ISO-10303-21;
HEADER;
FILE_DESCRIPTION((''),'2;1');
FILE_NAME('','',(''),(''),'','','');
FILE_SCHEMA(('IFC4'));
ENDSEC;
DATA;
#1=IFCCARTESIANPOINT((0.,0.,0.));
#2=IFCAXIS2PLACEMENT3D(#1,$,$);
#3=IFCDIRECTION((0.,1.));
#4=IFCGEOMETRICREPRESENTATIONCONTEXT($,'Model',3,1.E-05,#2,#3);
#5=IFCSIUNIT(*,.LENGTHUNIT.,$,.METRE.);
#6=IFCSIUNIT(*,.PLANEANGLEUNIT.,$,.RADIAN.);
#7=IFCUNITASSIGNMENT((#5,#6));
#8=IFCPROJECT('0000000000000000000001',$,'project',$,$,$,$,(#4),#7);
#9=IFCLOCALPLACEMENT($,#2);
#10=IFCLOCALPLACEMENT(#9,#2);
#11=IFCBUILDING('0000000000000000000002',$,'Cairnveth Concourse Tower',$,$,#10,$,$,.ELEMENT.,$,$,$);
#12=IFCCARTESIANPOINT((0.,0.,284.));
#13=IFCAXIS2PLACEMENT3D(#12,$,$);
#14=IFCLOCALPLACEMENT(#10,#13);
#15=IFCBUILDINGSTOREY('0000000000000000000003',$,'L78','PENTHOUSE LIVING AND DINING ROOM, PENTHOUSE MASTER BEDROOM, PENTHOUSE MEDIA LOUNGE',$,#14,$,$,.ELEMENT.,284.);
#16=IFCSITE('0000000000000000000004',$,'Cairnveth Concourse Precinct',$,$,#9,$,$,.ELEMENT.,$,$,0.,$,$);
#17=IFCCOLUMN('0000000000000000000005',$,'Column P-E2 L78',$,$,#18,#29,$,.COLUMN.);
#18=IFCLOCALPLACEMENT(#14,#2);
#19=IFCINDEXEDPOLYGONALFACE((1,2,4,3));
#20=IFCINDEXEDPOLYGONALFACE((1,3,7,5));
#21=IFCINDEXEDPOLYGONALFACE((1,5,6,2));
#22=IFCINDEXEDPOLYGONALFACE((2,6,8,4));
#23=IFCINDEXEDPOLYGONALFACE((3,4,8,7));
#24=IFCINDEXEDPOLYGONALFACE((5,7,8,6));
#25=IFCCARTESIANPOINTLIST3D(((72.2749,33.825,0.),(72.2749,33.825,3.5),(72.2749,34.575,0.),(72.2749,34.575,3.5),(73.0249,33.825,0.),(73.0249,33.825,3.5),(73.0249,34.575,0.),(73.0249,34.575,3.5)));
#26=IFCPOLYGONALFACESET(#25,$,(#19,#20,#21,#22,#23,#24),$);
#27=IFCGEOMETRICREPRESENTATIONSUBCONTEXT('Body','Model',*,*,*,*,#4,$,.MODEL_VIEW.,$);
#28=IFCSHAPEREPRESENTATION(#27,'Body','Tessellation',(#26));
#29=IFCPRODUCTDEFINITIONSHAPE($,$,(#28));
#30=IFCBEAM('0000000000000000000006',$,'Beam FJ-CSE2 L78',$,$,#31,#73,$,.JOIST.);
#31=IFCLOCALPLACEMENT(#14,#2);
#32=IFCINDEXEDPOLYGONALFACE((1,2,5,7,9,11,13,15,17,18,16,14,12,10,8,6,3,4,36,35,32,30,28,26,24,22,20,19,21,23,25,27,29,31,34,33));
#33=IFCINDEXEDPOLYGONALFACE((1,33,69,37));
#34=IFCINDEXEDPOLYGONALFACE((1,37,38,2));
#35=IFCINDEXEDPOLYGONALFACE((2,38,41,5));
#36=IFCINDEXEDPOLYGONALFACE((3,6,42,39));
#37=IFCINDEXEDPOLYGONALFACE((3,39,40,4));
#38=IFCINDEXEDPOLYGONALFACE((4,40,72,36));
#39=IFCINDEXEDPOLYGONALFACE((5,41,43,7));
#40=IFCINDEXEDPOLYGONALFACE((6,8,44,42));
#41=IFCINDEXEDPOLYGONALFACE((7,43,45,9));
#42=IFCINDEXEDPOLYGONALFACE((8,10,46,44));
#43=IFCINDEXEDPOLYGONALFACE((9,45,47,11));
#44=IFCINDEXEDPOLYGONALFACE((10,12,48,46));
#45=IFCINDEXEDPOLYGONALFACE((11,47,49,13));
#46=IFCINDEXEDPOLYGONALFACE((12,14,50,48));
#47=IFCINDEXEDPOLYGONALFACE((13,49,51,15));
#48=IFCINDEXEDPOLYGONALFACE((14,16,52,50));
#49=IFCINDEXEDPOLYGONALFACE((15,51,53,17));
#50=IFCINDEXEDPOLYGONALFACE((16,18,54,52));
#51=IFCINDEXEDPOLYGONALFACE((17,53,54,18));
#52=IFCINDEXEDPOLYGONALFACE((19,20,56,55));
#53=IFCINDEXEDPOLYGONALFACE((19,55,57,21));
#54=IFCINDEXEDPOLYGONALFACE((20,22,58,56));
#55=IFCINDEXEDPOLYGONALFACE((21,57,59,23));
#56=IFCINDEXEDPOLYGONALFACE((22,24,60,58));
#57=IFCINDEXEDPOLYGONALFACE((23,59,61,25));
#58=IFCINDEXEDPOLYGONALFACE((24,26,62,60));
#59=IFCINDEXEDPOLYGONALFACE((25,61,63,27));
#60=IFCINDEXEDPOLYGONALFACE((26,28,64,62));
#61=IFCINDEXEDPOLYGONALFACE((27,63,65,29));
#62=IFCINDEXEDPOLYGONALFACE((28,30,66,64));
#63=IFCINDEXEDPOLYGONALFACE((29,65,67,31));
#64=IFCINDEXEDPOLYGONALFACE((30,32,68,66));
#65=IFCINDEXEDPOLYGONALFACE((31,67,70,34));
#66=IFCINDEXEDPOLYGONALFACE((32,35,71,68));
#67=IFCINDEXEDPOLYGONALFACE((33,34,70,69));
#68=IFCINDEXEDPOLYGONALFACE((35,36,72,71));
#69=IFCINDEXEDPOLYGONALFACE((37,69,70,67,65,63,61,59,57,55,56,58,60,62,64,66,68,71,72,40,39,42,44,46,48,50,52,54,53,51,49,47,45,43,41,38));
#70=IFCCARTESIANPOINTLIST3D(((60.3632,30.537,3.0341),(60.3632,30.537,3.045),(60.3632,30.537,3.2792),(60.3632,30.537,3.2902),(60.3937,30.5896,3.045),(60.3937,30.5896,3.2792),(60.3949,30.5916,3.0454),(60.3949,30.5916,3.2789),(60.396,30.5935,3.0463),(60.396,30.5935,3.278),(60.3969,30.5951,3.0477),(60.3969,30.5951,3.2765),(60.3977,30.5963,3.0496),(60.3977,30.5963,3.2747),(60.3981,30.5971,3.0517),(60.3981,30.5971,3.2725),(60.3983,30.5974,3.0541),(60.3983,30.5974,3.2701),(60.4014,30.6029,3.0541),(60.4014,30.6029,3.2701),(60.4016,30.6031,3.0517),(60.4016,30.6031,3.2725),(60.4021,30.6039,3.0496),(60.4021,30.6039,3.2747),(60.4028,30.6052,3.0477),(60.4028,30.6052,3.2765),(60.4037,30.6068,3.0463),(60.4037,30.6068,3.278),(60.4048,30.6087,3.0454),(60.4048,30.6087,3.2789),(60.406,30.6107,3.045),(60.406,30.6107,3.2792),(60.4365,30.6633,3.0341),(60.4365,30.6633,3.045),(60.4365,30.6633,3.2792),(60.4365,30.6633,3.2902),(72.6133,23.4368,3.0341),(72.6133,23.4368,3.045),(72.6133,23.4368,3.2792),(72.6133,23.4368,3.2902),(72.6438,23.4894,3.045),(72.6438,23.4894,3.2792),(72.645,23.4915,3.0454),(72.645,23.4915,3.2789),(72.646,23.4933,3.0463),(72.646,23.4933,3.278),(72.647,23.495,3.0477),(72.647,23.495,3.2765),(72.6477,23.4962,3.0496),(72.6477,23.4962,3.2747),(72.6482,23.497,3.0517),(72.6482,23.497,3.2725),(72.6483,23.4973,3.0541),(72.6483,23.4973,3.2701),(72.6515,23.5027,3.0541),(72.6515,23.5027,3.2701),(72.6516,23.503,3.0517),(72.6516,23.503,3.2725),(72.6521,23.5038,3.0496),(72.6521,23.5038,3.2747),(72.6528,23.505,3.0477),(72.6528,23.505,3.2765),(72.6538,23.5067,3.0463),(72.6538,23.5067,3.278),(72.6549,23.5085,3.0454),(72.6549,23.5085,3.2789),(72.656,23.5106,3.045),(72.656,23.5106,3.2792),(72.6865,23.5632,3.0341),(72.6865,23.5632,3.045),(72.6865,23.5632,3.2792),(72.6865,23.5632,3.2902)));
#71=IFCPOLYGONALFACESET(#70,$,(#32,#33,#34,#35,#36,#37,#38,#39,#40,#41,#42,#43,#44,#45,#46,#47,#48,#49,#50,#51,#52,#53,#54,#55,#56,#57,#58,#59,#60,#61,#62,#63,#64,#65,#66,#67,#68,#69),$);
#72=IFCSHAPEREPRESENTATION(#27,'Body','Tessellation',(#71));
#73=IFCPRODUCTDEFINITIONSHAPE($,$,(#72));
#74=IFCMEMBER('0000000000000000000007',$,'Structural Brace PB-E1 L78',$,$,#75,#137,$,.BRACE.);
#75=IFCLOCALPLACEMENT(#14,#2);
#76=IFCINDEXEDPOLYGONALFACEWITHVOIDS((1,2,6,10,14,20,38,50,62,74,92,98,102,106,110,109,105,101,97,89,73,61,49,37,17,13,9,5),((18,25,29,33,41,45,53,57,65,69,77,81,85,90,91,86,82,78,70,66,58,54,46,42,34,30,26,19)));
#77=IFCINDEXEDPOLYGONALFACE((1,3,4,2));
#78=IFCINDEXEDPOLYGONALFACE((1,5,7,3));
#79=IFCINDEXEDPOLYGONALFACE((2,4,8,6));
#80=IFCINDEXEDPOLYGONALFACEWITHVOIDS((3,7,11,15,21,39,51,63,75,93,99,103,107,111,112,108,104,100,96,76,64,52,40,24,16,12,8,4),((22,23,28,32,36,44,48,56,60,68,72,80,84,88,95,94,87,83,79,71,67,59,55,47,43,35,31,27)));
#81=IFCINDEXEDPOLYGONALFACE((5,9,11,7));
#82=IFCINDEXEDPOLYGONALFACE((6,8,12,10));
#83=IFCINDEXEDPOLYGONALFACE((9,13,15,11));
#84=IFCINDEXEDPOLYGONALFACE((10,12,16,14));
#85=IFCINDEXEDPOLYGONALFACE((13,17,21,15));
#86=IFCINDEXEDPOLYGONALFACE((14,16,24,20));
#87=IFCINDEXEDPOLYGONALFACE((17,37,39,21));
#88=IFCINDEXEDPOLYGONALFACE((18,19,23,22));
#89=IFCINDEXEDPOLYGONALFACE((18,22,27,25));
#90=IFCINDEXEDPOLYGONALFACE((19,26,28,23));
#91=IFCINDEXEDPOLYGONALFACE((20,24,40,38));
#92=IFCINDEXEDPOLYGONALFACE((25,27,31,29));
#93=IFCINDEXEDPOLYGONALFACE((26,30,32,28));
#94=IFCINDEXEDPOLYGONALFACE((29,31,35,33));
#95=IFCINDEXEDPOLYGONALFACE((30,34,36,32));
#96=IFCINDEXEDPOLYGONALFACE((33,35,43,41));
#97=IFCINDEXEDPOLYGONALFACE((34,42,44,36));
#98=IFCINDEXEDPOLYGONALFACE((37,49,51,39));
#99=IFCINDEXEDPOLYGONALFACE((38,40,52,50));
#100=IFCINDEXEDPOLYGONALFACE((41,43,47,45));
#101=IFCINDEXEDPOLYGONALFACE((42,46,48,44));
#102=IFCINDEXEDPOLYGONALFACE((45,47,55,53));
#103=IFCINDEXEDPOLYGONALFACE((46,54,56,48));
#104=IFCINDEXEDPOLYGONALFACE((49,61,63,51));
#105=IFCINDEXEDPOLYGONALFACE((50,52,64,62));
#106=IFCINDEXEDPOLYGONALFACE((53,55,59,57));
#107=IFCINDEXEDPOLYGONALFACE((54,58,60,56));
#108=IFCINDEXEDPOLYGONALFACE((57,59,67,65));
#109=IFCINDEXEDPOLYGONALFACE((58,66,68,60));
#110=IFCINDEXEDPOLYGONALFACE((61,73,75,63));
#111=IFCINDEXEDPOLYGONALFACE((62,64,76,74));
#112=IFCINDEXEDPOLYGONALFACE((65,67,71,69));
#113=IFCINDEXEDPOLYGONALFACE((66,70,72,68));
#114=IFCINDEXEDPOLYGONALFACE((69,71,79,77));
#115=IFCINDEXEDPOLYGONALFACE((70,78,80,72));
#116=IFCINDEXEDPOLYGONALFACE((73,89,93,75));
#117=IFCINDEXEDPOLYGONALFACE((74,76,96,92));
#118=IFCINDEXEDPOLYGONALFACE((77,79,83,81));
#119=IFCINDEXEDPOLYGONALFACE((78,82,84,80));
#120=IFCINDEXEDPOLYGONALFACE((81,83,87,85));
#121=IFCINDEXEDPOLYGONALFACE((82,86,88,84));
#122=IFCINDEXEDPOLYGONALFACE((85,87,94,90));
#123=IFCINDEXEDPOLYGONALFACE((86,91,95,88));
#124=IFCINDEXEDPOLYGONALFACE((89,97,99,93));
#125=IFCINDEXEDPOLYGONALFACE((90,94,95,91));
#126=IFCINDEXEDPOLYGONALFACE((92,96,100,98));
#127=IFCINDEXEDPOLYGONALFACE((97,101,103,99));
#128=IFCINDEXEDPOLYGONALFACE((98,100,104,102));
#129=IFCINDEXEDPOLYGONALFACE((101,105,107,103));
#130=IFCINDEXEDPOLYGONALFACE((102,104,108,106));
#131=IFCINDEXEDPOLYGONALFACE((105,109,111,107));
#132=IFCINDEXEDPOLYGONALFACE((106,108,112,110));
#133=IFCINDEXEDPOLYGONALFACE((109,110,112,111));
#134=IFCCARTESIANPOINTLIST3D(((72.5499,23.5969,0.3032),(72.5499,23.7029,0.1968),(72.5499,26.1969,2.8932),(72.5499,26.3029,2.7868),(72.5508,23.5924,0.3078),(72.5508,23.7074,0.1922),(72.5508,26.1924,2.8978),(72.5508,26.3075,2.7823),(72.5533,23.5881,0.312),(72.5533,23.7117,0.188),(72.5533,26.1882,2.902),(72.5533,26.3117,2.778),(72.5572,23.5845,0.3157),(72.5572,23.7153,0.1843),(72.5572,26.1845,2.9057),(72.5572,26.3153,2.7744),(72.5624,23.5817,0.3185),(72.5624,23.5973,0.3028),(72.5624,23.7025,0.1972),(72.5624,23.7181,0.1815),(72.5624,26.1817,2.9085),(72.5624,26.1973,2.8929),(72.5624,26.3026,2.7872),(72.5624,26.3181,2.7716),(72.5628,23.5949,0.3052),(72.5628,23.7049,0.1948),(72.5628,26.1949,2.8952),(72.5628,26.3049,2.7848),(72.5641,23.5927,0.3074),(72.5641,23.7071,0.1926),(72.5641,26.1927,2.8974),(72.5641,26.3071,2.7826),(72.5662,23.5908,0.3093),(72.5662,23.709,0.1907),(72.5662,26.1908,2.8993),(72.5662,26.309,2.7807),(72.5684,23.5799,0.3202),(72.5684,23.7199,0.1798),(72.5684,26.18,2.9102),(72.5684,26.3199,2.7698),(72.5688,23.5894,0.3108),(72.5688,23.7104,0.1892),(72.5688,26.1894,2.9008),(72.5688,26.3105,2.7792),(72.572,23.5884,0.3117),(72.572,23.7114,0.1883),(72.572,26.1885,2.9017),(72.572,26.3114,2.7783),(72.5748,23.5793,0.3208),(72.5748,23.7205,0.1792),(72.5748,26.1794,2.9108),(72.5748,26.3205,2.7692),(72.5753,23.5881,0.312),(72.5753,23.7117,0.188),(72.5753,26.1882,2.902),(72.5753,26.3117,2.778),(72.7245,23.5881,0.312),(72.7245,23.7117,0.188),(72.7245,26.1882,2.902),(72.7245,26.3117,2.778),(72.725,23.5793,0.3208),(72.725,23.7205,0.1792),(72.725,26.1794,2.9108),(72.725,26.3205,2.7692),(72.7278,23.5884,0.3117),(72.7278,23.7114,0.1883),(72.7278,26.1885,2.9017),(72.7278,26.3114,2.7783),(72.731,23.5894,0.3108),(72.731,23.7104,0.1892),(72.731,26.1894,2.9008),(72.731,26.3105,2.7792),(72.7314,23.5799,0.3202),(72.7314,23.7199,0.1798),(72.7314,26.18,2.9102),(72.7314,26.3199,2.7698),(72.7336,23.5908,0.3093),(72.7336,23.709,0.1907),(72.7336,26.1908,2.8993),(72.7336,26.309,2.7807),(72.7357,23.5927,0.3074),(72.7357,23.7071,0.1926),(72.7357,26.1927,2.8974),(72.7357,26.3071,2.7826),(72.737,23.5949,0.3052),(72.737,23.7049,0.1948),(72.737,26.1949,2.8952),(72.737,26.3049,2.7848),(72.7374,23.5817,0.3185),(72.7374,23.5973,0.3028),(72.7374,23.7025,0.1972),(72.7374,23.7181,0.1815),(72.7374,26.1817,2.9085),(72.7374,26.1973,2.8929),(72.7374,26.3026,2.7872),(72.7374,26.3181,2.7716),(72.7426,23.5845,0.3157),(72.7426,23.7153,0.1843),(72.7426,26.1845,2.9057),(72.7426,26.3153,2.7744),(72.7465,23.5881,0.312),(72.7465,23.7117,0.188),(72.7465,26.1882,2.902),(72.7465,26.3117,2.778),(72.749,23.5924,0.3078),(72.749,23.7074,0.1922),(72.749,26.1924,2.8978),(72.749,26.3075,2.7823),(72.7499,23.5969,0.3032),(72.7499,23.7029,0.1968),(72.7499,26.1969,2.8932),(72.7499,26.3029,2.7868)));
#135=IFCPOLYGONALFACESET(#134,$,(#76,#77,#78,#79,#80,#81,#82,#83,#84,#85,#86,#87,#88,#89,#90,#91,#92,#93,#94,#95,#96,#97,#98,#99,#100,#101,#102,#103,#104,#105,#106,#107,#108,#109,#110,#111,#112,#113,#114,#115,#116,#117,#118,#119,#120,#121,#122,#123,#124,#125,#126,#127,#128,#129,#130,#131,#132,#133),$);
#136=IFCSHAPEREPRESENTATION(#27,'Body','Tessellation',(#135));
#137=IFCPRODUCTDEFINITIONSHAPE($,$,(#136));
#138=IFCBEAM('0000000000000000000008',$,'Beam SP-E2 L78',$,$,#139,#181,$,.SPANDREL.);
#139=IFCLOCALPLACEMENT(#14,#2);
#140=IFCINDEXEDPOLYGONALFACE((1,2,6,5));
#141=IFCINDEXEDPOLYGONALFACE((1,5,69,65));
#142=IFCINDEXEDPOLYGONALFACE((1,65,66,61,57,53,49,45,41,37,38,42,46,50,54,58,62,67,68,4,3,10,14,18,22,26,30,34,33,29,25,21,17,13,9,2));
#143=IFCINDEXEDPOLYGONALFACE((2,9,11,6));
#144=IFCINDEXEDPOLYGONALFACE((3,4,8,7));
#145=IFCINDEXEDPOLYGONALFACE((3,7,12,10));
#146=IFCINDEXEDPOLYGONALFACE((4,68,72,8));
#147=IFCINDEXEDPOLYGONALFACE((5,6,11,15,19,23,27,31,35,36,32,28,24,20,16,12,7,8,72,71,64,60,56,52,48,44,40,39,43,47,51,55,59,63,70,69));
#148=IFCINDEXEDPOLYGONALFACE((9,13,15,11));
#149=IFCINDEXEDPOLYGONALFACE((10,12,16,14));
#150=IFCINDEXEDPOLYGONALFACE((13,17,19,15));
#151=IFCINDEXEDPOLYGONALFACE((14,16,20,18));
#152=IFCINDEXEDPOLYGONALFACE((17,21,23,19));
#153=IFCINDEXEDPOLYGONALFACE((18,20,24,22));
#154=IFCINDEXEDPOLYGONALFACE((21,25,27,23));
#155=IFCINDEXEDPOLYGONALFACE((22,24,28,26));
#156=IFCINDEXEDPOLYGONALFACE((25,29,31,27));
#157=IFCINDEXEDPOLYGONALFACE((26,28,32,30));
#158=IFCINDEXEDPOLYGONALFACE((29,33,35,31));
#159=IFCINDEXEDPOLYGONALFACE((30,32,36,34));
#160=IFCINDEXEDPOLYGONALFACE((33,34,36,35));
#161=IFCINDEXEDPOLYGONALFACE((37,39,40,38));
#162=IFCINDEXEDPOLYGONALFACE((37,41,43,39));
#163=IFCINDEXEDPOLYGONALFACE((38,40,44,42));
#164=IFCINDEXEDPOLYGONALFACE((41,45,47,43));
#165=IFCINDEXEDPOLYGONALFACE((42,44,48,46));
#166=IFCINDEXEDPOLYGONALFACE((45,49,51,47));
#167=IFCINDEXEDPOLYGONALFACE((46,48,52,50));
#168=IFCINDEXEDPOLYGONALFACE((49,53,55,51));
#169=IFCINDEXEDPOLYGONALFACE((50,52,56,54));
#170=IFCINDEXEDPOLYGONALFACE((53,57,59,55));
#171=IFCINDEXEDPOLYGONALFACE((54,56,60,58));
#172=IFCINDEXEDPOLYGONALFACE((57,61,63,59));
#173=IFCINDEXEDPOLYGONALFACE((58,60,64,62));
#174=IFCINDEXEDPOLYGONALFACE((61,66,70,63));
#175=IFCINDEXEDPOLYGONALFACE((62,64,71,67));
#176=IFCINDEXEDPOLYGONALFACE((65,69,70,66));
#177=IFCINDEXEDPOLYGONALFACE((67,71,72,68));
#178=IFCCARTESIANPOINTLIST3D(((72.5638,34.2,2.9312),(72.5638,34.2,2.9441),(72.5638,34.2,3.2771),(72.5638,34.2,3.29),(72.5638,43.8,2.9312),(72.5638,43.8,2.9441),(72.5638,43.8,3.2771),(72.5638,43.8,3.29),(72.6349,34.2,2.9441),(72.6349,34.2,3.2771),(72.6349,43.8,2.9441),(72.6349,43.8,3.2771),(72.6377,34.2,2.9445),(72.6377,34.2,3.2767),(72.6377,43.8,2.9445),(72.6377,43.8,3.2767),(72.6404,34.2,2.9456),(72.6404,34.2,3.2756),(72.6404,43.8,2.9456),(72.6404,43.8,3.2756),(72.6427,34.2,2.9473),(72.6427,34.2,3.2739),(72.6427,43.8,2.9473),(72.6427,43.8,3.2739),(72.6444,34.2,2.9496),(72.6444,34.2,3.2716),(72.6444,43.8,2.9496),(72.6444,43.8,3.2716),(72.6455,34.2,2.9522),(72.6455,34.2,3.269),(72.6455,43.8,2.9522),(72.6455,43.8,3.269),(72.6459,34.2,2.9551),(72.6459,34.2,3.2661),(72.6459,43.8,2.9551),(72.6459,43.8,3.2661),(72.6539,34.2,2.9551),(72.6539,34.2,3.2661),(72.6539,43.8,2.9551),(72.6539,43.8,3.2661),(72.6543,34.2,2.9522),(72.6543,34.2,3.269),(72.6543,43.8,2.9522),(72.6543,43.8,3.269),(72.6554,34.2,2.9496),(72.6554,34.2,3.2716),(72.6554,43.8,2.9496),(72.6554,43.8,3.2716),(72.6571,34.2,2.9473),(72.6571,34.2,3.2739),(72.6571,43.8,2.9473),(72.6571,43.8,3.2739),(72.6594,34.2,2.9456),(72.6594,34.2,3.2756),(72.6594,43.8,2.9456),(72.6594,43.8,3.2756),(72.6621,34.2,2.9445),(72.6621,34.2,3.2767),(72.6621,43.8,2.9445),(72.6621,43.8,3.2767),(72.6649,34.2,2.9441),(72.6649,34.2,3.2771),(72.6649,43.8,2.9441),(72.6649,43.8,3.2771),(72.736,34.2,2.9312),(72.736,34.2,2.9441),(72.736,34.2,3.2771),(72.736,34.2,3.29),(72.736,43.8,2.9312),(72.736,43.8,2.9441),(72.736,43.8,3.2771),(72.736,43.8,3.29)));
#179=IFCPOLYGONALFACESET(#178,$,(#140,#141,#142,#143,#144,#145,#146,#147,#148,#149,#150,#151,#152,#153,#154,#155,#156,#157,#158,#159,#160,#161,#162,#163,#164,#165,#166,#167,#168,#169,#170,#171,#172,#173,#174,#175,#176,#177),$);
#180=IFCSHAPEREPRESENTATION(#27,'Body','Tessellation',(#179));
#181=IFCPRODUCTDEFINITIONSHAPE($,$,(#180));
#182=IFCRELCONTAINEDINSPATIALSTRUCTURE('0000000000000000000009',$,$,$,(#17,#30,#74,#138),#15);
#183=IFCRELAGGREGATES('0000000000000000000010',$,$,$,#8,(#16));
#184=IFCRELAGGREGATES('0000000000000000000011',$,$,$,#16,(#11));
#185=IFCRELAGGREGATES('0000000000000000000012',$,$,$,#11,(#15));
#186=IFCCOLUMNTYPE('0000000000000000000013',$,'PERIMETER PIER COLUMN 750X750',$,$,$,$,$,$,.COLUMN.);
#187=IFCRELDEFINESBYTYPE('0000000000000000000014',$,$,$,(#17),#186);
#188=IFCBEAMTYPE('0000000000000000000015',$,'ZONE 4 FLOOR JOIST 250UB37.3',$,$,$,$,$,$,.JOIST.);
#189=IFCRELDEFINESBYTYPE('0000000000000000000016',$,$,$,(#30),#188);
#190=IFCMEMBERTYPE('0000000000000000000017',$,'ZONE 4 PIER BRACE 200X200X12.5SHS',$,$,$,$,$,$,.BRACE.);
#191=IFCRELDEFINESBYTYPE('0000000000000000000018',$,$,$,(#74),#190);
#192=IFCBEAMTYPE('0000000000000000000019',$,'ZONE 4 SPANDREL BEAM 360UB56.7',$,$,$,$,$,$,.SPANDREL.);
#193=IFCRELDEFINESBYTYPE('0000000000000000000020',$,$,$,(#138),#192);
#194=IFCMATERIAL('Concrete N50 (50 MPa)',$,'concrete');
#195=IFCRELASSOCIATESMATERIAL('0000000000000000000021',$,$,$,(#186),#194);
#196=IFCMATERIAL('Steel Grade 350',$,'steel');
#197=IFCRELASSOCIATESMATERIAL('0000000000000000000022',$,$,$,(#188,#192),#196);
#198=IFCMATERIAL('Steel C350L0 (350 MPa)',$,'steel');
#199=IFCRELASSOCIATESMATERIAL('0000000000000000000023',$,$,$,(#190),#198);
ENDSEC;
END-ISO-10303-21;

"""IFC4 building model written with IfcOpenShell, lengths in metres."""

from ifc_helpers import new_model, si_unit, direction, frame, origin, origin_2d, place, context, subcontext, project, spatial, rectangle, hollow_rectangle, i_section, extrude, material, material_profile, profile_set, type_object, element, save


model = new_model("IFC4")

# Units and contexts
model_context = context("Model", 3, precision=1e-05, world=origin(), true_north=direction((0.0, 1.0)))
body_context = subcontext(model_context, "Body", "Model", "MODEL_VIEW")
ifc_project = project(units=[si_unit("LENGTHUNIT", "METRE"), si_unit("PLANEANGLEUNIT", "RADIAN")], contexts=[model_context])

# Site, building, storey
site_placement = place(None, origin())
site = spatial("IfcSite", under=ifc_project, at=site_placement, Name="Cairnveth Concourse Precinct", CompositionType="ELEMENT", RefElevation=0.0)
building_placement = place(site_placement, origin())
building = spatial("IfcBuilding", under=site, at=building_placement, Name="Cairnveth Concourse Tower", CompositionType="ELEMENT")
storey_placement = place(building_placement, frame((0.0, 0.0, 284.0)))
storey = spatial("IfcBuildingStorey", under=building, at=storey_placement, Name="L78", Description="PENTHOUSE LIVING AND DINING ROOM, PENTHOUSE MASTER BEDROOM, PENTHOUSE MEDIA LOUNGE", CompositionType="ELEMENT", Elevation=284.0)

# Column
ifc_material_1 = material(Name="Concrete N50 (50 MPa)", Category="concrete")
ifc_material_profile_1 = material_profile(ifc_material_1, rectangle(XDim=0.75, YDim=0.75, at=origin_2d()), Name="RC-COL-750x750")
ifc_profile_set_1 = profile_set([ifc_material_profile_1], Name="Concrete N50 (50 MPa)")
column_type = type_object("IfcColumnType", Name="PERIMETER PIER COLUMN 750X750", PredefinedType="COLUMN", material=ifc_profile_set_1)
column_placement = place(storey_placement, frame((72.6499, 34.2, 0.0), z_axis=(0.0, 0.0, 1.0), x_axis=(0.0, 1.0, 0.0)))
element("IfcColumn", 1, at=column_placement, inside=storey, type_object=column_type, Name="Column P-E2 L78", PredefinedType="COLUMN", context=body_context, shape_type="SweptSolid", body=[
    extrude(rectangle(XDim=0.75, YDim=0.75, at=origin_2d()), origin(), (0.0, 0.0, 1.0), 3.5),
])

# Beam
ifc_material_2 = material(Name="Steel Grade 350", Category="steel")
ifc_material_profile_2 = material_profile(ifc_material_2, i_section(OverallWidth=0.146, OverallDepth=0.2561, WebThickness=0.0063, FlangeThickness=0.011, FilletRadius=0.009, at=origin_2d()), Name="250UB37.3")
ifc_profile_set_2 = profile_set([ifc_material_profile_2], Name="Steel Grade 350")
beam_type_1 = type_object("IfcBeamType", Name="ZONE 4 FLOOR JOIST 250UB37.3", PredefinedType="JOIST", material=ifc_profile_set_2)
beam_1_placement = place(storey_placement, frame((72.6499, 23.5, 3.1621), z_axis=(-0.865181, 0.501459, 0.0), x_axis=(-0.501459, -0.865181, 0.0)))
element("IfcBeam", 2, at=beam_1_placement, inside=storey, type_object=beam_type_1, Name="Beam FJ-CSE2 L78", PredefinedType="JOIST", context=body_context, shape_type="SweptSolid", body=[
    extrude(i_section(OverallWidth=0.146, OverallDepth=0.2561, WebThickness=0.0063, FlangeThickness=0.011, FilletRadius=0.009, at=origin_2d()), origin(), (0.0, 0.0, 1.0), 14.1589),
])

# Member
ifc_material_3 = material(Name="Steel C350L0 (350 MPa)", Category="steel")
ifc_material_profile_3 = material_profile(ifc_material_3, hollow_rectangle(XDim=0.2, YDim=0.2, WallThickness=0.0125, InnerFilletRadius=0.0129, OuterFilletRadius=0.0249, at=origin_2d()), Name="200x200x12.5SHS")
ifc_profile_set_3 = profile_set([ifc_material_profile_3], Name="Steel C350L0 (350 MPa)")
member_type = type_object("IfcMemberType", Name="ZONE 4 PIER BRACE 200X200X12.5SHS", PredefinedType="BRACE", material=ifc_profile_set_3)
member_placement = place(storey_placement, frame((72.6499, 23.6499, 0.25), z_axis=(0.0, 0.708469, 0.705742), x_axis=(-1.0, 0.0, 0.0)))
element("IfcMember", 3, at=member_placement, inside=storey, type_object=member_type, Name="Structural Brace PB-E1 L78", PredefinedType="BRACE", context=body_context, shape_type="SweptSolid", body=[
    extrude(hollow_rectangle(XDim=0.2, YDim=0.2, WallThickness=0.0125, InnerFilletRadius=0.0129, OuterFilletRadius=0.0249, at=origin_2d()), origin(), (0.0, 0.0, 1.0), 3.6699),
])

# Beam
ifc_material_profile_4 = material_profile(ifc_material_2, i_section(OverallWidth=0.1721, OverallDepth=0.3589, WebThickness=0.0081, FlangeThickness=0.0129, FilletRadius=0.011, at=origin_2d()), Name="360UB56.7")
ifc_profile_set_4 = profile_set([ifc_material_profile_4], Name="Steel Grade 350")
beam_type_2 = type_object("IfcBeamType", Name="ZONE 4 SPANDREL BEAM 360UB56.7", PredefinedType="SPANDREL", material=ifc_profile_set_4)
beam_2_placement = place(storey_placement, frame((72.6499, 34.2, 3.1106), z_axis=(0.0, 1.0, 0.0), x_axis=(-1.0, 0.0, 0.0)))
element("IfcBeam", 4, at=beam_2_placement, inside=storey, type_object=beam_type_2, Name="Beam SP-E2 L78", PredefinedType="SPANDREL", context=body_context, shape_type="SweptSolid", body=[
    extrude(i_section(OverallWidth=0.1721, OverallDepth=0.3589, WebThickness=0.0081, FlangeThickness=0.0129, FilletRadius=0.011, at=origin_2d()), origin(), (0.0, 0.0, 1.0), 9.6001),
])

save(model, "model.ifc")
